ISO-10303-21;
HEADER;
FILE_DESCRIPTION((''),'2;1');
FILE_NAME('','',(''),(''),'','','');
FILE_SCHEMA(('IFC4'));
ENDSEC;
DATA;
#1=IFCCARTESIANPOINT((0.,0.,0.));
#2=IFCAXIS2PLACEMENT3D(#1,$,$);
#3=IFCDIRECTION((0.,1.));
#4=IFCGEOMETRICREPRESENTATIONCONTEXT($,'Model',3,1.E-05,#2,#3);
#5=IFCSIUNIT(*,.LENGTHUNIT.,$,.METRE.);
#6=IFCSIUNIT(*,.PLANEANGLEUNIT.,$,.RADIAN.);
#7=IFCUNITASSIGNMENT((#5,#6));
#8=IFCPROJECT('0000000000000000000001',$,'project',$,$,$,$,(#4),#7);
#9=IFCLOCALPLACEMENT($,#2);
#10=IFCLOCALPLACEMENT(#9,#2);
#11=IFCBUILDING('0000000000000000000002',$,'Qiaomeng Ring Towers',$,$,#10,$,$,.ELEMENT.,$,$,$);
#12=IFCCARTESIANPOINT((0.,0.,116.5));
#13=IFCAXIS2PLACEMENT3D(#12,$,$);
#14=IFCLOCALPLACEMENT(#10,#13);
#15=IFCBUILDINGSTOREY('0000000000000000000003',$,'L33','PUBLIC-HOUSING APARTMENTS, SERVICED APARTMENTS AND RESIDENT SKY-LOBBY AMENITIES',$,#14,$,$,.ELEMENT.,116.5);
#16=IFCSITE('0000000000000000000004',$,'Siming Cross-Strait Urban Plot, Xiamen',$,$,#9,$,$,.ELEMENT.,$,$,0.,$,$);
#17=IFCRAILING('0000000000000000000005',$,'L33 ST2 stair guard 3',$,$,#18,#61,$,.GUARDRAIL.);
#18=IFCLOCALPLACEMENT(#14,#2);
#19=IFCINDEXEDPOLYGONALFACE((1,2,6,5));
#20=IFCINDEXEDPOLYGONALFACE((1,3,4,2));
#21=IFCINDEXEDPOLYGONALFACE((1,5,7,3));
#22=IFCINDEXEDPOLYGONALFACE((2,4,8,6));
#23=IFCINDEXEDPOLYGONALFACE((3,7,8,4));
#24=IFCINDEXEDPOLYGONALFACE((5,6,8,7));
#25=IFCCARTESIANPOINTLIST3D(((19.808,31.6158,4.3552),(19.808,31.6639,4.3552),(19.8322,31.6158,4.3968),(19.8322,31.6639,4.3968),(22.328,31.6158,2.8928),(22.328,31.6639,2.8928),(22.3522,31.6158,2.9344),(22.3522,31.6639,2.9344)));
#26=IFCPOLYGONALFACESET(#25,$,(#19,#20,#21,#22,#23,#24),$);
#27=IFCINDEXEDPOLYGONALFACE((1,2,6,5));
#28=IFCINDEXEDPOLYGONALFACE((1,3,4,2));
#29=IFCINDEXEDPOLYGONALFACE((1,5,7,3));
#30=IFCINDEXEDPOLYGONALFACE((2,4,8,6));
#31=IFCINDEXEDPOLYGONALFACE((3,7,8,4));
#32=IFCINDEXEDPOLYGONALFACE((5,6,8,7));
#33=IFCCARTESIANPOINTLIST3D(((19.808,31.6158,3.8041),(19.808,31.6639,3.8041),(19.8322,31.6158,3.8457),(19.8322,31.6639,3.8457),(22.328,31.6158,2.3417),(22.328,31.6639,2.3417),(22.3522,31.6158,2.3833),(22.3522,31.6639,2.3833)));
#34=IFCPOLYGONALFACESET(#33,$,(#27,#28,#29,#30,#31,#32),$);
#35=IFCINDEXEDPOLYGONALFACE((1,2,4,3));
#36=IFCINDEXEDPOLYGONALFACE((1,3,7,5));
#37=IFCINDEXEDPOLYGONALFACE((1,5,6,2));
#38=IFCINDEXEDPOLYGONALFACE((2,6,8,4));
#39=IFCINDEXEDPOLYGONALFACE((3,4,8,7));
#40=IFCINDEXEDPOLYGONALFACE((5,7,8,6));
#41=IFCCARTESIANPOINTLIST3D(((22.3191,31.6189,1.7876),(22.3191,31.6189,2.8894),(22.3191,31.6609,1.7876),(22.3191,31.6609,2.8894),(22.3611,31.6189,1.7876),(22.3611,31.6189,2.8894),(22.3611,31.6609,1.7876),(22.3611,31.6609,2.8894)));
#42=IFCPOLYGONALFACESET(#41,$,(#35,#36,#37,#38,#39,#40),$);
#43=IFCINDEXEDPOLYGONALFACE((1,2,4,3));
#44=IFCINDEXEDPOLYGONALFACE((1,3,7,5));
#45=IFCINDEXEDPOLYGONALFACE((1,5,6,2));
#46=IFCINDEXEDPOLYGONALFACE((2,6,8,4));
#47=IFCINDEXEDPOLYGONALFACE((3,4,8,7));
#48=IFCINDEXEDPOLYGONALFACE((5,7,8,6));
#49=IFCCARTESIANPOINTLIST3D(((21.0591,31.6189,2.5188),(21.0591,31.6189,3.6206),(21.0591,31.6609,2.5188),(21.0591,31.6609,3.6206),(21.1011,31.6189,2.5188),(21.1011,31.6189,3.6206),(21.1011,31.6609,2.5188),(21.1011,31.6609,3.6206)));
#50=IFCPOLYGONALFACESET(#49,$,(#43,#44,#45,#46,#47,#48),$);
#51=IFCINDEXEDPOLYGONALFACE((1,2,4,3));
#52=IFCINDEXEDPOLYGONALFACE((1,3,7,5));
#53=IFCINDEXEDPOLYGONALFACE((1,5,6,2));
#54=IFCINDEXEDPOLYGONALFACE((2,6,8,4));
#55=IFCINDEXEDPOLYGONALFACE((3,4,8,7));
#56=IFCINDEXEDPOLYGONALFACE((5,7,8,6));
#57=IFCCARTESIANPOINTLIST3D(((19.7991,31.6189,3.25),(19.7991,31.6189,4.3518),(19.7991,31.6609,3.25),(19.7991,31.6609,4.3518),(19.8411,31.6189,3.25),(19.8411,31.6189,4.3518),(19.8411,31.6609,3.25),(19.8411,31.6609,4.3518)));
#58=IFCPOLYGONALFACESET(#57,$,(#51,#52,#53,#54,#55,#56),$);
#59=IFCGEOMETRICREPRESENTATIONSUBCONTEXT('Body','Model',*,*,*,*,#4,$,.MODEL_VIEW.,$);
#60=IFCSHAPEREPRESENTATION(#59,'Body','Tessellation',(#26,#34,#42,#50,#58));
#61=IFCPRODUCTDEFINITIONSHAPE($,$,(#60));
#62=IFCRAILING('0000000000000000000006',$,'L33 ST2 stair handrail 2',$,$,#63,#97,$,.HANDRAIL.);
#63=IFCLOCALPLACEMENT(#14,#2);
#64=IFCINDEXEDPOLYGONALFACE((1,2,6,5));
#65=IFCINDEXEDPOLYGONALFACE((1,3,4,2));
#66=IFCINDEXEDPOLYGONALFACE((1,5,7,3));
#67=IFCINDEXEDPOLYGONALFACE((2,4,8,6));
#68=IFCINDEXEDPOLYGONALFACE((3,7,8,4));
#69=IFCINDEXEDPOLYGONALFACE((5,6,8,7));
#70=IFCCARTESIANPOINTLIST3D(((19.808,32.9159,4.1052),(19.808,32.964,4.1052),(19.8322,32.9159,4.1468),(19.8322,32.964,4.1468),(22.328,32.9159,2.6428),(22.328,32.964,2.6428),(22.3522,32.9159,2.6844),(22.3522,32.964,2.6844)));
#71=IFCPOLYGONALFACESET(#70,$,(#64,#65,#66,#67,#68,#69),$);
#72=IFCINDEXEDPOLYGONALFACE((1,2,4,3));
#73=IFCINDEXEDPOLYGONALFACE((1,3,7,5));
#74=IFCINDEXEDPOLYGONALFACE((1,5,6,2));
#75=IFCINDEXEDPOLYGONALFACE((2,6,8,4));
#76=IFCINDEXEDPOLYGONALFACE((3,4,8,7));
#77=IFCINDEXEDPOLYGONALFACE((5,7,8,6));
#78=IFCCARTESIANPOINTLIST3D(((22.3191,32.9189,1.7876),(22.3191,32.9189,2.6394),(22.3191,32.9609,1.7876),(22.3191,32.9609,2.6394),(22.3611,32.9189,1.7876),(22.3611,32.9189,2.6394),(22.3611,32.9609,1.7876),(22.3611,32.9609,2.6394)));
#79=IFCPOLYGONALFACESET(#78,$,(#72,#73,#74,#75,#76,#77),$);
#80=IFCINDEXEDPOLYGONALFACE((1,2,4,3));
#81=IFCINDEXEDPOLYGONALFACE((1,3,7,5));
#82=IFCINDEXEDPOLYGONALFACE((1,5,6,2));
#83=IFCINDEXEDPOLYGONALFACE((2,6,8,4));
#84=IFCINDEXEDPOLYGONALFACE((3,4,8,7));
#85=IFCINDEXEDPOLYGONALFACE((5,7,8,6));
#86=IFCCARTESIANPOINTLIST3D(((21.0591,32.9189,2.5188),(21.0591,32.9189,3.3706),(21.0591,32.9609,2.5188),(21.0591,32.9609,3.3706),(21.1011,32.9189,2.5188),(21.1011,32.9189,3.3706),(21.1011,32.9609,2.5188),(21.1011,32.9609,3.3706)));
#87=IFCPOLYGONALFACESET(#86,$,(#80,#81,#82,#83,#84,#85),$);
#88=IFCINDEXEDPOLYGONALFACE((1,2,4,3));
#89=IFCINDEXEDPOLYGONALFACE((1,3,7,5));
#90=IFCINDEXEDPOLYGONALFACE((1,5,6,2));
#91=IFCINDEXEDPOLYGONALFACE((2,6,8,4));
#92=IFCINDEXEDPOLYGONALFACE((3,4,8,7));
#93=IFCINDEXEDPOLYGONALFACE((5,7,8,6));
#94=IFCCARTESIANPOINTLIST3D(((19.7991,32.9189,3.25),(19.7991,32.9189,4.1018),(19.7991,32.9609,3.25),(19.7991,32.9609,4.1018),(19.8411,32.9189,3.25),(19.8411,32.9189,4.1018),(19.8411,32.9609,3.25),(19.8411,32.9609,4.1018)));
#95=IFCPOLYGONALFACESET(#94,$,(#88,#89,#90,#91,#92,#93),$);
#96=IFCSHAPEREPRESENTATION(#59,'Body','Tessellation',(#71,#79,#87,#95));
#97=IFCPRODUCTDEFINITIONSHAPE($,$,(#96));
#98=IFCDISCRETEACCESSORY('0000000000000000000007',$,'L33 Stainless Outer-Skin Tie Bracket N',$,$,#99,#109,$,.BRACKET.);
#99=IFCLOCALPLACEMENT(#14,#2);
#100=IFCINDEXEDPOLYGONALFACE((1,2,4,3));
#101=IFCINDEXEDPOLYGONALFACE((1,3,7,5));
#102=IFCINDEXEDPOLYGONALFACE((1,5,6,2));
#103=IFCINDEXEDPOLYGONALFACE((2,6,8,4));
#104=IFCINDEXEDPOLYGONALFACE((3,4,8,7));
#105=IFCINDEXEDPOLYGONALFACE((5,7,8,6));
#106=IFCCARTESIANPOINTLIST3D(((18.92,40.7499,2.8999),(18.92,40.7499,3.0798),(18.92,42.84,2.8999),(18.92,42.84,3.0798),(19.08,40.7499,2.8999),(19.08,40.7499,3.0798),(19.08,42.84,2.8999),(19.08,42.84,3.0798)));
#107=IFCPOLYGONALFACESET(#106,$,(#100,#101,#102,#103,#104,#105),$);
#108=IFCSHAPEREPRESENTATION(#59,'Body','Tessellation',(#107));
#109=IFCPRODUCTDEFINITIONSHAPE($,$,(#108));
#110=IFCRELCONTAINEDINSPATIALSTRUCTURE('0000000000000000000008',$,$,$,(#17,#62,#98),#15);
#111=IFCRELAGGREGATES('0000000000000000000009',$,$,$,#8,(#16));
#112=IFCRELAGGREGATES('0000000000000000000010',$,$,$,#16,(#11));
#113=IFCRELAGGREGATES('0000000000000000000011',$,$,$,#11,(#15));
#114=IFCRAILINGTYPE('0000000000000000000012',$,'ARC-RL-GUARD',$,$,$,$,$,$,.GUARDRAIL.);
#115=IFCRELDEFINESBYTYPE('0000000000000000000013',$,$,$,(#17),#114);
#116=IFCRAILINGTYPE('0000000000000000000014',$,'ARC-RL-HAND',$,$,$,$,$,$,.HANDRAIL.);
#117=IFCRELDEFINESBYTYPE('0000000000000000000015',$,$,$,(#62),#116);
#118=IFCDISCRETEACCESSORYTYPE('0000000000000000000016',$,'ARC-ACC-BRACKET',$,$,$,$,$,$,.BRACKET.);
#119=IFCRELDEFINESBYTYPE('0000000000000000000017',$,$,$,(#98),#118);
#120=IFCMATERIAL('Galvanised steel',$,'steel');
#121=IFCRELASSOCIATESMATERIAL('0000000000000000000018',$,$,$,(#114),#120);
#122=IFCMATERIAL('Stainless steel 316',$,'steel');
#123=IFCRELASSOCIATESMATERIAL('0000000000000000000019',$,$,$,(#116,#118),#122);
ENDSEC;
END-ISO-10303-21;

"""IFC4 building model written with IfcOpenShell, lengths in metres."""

from ifc_helpers import new_model, si_unit, direction, frame, origin, origin_2d, place, context, subcontext, project, spatial, rectangle, extrude, source, transform, mapped, material, type_object, element, save


model = new_model("IFC4")

# Units and contexts
model_context = context("Model", 3, precision=1e-05, world=origin(), true_north=direction((0.0, 1.0)))
body_context = subcontext(model_context, "Body", "Model", "MODEL_VIEW")
ifc_project = project(units=[si_unit("LENGTHUNIT", "METRE"), si_unit("PLANEANGLEUNIT", "RADIAN")], contexts=[model_context])

# Site, building, storey
site_placement = place(None, origin())
site = spatial("IfcSite", under=ifc_project, at=site_placement, Name="Siming Cross-Strait Urban Plot, Xiamen", CompositionType="ELEMENT", RefElevation=0.0)
building_placement = place(site_placement, origin())
building = spatial("IfcBuilding", under=site, at=building_placement, Name="Qiaomeng Ring Towers", CompositionType="ELEMENT")
storey_placement = place(building_placement, frame((0.0, 0.0, 116.5)))
storey = spatial("IfcBuildingStorey", under=building, at=storey_placement, Name="L33", Description="PUBLIC-HOUSING APARTMENTS, SERVICED APARTMENTS AND RESIDENT SKY-LOBBY AMENITIES", CompositionType="ELEMENT", Elevation=116.5)

# Railings
ifc_material_1 = material(Name="Galvanised steel", Category="steel")
railing_type_1 = type_object("IfcRailingType", Name="ARC-RL-GUARD", PredefinedType="GUARDRAIL", material=ifc_material_1)
railing_1_placement = place(storey_placement, frame((22.3401, 31.6399, 1.7876)))
element("IfcRailing", 1, at=railing_1_placement, inside=storey, type_object=railing_type_1, Name="L33 ST2 stair guard 3", PredefinedType="GUARDRAIL", context=body_context, shape_type="SweptSolid", body=[
    extrude(rectangle(XDim=0.0481, YDim=0.0481, at=origin_2d()), frame((0.0, 0.0, 1.126), z_axis=(-0.864913, 0.0, 0.501921), x_axis=(0.0, -1.0, 0.0)), (0.0, 0.0, 1.0), 2.9136),
    extrude(rectangle(XDim=0.0481, YDim=0.0481, at=origin_2d()), frame((0.0, 0.0, 0.575), z_axis=(-0.864913, 0.0, 0.501921), x_axis=(0.0, -1.0, 0.0)), (0.0, 0.0, 1.0), 2.9136),
    extrude(rectangle(XDim=0.042, YDim=0.042, at=origin_2d()), origin(), (0.0, 0.0, 1.0), 1.1018),
    extrude(rectangle(XDim=0.042, YDim=0.042, at=origin_2d()), frame((-1.26, 0.0, 0.7312)), (0.0, 0.0, 1.0), 1.1018),
    extrude(rectangle(XDim=0.042, YDim=0.042, at=origin_2d()), frame((-2.52, 0.0, 1.4624)), (0.0, 0.0, 1.0), 1.1018),
])
ifc_material_2 = material(Name="Stainless steel 316", Category="steel")
railing_type_2 = type_object("IfcRailingType", Name="ARC-RL-HAND", PredefinedType="HANDRAIL", material=ifc_material_2)
railing_2_placement = place(storey_placement, frame((22.3401, 32.9399, 1.7876)))
element("IfcRailing", 2, at=railing_2_placement, inside=storey, type_object=railing_type_2, Name="L33 ST2 stair handrail 2", PredefinedType="HANDRAIL", context=body_context, shape_type="SweptSolid", body=[
    extrude(rectangle(XDim=0.0481, YDim=0.0481, at=origin_2d()), frame((0.0, 0.0, 0.876), z_axis=(-0.864913, 0.0, 0.501921), x_axis=(0.0, -1.0, 0.0)), (0.0, 0.0, 1.0), 2.9136),
    extrude(rectangle(XDim=0.042, YDim=0.042, at=origin_2d()), origin(), (0.0, 0.0, 1.0), 0.8518),
    extrude(rectangle(XDim=0.042, YDim=0.042, at=origin_2d()), frame((-1.26, 0.0, 0.7312)), (0.0, 0.0, 1.0), 0.8518),
    extrude(rectangle(XDim=0.042, YDim=0.042, at=origin_2d()), frame((-2.52, 0.0, 1.4624)), (0.0, 0.0, 1.0), 0.8518),
])

# Discrete accessory
discrete_accessory_type = type_object("IfcDiscreteAccessoryType", Name="ARC-ACC-BRACKET", PredefinedType="BRACKET", material=ifc_material_2)
shared_shape_1 = source(origin(), body_context, "Body", "SweptSolid", [
    extrude(rectangle(XDim=0.1599, YDim=2.0901, at=origin_2d()), origin(), (0.0, 0.0, 1.0), 0.1799),
])
discrete_accessory_placement = place(storey_placement, frame((19.0, 41.7949, 2.8999), z_axis=(0.0, 0.0, 1.0), x_axis=(1.0, 0.0, 0.0)))
element("IfcDiscreteAccessory", 3, at=discrete_accessory_placement, inside=storey, type_object=discrete_accessory_type, Name="L33 Stainless Outer-Skin Tie Bracket N", PredefinedType="BRACKET", context=body_context, shape_type="MappedRepresentation", body=[
    mapped(shared_shape_1, transform((0.0, 0.0, 0.0), x_axis=(1.0, 0.0, 0.0), y_axis=(0.0, 1.0, 0.0), z_axis=(0.0, 0.0, 1.0), scale=1.0)),
])

save(model, "model.ifc")
